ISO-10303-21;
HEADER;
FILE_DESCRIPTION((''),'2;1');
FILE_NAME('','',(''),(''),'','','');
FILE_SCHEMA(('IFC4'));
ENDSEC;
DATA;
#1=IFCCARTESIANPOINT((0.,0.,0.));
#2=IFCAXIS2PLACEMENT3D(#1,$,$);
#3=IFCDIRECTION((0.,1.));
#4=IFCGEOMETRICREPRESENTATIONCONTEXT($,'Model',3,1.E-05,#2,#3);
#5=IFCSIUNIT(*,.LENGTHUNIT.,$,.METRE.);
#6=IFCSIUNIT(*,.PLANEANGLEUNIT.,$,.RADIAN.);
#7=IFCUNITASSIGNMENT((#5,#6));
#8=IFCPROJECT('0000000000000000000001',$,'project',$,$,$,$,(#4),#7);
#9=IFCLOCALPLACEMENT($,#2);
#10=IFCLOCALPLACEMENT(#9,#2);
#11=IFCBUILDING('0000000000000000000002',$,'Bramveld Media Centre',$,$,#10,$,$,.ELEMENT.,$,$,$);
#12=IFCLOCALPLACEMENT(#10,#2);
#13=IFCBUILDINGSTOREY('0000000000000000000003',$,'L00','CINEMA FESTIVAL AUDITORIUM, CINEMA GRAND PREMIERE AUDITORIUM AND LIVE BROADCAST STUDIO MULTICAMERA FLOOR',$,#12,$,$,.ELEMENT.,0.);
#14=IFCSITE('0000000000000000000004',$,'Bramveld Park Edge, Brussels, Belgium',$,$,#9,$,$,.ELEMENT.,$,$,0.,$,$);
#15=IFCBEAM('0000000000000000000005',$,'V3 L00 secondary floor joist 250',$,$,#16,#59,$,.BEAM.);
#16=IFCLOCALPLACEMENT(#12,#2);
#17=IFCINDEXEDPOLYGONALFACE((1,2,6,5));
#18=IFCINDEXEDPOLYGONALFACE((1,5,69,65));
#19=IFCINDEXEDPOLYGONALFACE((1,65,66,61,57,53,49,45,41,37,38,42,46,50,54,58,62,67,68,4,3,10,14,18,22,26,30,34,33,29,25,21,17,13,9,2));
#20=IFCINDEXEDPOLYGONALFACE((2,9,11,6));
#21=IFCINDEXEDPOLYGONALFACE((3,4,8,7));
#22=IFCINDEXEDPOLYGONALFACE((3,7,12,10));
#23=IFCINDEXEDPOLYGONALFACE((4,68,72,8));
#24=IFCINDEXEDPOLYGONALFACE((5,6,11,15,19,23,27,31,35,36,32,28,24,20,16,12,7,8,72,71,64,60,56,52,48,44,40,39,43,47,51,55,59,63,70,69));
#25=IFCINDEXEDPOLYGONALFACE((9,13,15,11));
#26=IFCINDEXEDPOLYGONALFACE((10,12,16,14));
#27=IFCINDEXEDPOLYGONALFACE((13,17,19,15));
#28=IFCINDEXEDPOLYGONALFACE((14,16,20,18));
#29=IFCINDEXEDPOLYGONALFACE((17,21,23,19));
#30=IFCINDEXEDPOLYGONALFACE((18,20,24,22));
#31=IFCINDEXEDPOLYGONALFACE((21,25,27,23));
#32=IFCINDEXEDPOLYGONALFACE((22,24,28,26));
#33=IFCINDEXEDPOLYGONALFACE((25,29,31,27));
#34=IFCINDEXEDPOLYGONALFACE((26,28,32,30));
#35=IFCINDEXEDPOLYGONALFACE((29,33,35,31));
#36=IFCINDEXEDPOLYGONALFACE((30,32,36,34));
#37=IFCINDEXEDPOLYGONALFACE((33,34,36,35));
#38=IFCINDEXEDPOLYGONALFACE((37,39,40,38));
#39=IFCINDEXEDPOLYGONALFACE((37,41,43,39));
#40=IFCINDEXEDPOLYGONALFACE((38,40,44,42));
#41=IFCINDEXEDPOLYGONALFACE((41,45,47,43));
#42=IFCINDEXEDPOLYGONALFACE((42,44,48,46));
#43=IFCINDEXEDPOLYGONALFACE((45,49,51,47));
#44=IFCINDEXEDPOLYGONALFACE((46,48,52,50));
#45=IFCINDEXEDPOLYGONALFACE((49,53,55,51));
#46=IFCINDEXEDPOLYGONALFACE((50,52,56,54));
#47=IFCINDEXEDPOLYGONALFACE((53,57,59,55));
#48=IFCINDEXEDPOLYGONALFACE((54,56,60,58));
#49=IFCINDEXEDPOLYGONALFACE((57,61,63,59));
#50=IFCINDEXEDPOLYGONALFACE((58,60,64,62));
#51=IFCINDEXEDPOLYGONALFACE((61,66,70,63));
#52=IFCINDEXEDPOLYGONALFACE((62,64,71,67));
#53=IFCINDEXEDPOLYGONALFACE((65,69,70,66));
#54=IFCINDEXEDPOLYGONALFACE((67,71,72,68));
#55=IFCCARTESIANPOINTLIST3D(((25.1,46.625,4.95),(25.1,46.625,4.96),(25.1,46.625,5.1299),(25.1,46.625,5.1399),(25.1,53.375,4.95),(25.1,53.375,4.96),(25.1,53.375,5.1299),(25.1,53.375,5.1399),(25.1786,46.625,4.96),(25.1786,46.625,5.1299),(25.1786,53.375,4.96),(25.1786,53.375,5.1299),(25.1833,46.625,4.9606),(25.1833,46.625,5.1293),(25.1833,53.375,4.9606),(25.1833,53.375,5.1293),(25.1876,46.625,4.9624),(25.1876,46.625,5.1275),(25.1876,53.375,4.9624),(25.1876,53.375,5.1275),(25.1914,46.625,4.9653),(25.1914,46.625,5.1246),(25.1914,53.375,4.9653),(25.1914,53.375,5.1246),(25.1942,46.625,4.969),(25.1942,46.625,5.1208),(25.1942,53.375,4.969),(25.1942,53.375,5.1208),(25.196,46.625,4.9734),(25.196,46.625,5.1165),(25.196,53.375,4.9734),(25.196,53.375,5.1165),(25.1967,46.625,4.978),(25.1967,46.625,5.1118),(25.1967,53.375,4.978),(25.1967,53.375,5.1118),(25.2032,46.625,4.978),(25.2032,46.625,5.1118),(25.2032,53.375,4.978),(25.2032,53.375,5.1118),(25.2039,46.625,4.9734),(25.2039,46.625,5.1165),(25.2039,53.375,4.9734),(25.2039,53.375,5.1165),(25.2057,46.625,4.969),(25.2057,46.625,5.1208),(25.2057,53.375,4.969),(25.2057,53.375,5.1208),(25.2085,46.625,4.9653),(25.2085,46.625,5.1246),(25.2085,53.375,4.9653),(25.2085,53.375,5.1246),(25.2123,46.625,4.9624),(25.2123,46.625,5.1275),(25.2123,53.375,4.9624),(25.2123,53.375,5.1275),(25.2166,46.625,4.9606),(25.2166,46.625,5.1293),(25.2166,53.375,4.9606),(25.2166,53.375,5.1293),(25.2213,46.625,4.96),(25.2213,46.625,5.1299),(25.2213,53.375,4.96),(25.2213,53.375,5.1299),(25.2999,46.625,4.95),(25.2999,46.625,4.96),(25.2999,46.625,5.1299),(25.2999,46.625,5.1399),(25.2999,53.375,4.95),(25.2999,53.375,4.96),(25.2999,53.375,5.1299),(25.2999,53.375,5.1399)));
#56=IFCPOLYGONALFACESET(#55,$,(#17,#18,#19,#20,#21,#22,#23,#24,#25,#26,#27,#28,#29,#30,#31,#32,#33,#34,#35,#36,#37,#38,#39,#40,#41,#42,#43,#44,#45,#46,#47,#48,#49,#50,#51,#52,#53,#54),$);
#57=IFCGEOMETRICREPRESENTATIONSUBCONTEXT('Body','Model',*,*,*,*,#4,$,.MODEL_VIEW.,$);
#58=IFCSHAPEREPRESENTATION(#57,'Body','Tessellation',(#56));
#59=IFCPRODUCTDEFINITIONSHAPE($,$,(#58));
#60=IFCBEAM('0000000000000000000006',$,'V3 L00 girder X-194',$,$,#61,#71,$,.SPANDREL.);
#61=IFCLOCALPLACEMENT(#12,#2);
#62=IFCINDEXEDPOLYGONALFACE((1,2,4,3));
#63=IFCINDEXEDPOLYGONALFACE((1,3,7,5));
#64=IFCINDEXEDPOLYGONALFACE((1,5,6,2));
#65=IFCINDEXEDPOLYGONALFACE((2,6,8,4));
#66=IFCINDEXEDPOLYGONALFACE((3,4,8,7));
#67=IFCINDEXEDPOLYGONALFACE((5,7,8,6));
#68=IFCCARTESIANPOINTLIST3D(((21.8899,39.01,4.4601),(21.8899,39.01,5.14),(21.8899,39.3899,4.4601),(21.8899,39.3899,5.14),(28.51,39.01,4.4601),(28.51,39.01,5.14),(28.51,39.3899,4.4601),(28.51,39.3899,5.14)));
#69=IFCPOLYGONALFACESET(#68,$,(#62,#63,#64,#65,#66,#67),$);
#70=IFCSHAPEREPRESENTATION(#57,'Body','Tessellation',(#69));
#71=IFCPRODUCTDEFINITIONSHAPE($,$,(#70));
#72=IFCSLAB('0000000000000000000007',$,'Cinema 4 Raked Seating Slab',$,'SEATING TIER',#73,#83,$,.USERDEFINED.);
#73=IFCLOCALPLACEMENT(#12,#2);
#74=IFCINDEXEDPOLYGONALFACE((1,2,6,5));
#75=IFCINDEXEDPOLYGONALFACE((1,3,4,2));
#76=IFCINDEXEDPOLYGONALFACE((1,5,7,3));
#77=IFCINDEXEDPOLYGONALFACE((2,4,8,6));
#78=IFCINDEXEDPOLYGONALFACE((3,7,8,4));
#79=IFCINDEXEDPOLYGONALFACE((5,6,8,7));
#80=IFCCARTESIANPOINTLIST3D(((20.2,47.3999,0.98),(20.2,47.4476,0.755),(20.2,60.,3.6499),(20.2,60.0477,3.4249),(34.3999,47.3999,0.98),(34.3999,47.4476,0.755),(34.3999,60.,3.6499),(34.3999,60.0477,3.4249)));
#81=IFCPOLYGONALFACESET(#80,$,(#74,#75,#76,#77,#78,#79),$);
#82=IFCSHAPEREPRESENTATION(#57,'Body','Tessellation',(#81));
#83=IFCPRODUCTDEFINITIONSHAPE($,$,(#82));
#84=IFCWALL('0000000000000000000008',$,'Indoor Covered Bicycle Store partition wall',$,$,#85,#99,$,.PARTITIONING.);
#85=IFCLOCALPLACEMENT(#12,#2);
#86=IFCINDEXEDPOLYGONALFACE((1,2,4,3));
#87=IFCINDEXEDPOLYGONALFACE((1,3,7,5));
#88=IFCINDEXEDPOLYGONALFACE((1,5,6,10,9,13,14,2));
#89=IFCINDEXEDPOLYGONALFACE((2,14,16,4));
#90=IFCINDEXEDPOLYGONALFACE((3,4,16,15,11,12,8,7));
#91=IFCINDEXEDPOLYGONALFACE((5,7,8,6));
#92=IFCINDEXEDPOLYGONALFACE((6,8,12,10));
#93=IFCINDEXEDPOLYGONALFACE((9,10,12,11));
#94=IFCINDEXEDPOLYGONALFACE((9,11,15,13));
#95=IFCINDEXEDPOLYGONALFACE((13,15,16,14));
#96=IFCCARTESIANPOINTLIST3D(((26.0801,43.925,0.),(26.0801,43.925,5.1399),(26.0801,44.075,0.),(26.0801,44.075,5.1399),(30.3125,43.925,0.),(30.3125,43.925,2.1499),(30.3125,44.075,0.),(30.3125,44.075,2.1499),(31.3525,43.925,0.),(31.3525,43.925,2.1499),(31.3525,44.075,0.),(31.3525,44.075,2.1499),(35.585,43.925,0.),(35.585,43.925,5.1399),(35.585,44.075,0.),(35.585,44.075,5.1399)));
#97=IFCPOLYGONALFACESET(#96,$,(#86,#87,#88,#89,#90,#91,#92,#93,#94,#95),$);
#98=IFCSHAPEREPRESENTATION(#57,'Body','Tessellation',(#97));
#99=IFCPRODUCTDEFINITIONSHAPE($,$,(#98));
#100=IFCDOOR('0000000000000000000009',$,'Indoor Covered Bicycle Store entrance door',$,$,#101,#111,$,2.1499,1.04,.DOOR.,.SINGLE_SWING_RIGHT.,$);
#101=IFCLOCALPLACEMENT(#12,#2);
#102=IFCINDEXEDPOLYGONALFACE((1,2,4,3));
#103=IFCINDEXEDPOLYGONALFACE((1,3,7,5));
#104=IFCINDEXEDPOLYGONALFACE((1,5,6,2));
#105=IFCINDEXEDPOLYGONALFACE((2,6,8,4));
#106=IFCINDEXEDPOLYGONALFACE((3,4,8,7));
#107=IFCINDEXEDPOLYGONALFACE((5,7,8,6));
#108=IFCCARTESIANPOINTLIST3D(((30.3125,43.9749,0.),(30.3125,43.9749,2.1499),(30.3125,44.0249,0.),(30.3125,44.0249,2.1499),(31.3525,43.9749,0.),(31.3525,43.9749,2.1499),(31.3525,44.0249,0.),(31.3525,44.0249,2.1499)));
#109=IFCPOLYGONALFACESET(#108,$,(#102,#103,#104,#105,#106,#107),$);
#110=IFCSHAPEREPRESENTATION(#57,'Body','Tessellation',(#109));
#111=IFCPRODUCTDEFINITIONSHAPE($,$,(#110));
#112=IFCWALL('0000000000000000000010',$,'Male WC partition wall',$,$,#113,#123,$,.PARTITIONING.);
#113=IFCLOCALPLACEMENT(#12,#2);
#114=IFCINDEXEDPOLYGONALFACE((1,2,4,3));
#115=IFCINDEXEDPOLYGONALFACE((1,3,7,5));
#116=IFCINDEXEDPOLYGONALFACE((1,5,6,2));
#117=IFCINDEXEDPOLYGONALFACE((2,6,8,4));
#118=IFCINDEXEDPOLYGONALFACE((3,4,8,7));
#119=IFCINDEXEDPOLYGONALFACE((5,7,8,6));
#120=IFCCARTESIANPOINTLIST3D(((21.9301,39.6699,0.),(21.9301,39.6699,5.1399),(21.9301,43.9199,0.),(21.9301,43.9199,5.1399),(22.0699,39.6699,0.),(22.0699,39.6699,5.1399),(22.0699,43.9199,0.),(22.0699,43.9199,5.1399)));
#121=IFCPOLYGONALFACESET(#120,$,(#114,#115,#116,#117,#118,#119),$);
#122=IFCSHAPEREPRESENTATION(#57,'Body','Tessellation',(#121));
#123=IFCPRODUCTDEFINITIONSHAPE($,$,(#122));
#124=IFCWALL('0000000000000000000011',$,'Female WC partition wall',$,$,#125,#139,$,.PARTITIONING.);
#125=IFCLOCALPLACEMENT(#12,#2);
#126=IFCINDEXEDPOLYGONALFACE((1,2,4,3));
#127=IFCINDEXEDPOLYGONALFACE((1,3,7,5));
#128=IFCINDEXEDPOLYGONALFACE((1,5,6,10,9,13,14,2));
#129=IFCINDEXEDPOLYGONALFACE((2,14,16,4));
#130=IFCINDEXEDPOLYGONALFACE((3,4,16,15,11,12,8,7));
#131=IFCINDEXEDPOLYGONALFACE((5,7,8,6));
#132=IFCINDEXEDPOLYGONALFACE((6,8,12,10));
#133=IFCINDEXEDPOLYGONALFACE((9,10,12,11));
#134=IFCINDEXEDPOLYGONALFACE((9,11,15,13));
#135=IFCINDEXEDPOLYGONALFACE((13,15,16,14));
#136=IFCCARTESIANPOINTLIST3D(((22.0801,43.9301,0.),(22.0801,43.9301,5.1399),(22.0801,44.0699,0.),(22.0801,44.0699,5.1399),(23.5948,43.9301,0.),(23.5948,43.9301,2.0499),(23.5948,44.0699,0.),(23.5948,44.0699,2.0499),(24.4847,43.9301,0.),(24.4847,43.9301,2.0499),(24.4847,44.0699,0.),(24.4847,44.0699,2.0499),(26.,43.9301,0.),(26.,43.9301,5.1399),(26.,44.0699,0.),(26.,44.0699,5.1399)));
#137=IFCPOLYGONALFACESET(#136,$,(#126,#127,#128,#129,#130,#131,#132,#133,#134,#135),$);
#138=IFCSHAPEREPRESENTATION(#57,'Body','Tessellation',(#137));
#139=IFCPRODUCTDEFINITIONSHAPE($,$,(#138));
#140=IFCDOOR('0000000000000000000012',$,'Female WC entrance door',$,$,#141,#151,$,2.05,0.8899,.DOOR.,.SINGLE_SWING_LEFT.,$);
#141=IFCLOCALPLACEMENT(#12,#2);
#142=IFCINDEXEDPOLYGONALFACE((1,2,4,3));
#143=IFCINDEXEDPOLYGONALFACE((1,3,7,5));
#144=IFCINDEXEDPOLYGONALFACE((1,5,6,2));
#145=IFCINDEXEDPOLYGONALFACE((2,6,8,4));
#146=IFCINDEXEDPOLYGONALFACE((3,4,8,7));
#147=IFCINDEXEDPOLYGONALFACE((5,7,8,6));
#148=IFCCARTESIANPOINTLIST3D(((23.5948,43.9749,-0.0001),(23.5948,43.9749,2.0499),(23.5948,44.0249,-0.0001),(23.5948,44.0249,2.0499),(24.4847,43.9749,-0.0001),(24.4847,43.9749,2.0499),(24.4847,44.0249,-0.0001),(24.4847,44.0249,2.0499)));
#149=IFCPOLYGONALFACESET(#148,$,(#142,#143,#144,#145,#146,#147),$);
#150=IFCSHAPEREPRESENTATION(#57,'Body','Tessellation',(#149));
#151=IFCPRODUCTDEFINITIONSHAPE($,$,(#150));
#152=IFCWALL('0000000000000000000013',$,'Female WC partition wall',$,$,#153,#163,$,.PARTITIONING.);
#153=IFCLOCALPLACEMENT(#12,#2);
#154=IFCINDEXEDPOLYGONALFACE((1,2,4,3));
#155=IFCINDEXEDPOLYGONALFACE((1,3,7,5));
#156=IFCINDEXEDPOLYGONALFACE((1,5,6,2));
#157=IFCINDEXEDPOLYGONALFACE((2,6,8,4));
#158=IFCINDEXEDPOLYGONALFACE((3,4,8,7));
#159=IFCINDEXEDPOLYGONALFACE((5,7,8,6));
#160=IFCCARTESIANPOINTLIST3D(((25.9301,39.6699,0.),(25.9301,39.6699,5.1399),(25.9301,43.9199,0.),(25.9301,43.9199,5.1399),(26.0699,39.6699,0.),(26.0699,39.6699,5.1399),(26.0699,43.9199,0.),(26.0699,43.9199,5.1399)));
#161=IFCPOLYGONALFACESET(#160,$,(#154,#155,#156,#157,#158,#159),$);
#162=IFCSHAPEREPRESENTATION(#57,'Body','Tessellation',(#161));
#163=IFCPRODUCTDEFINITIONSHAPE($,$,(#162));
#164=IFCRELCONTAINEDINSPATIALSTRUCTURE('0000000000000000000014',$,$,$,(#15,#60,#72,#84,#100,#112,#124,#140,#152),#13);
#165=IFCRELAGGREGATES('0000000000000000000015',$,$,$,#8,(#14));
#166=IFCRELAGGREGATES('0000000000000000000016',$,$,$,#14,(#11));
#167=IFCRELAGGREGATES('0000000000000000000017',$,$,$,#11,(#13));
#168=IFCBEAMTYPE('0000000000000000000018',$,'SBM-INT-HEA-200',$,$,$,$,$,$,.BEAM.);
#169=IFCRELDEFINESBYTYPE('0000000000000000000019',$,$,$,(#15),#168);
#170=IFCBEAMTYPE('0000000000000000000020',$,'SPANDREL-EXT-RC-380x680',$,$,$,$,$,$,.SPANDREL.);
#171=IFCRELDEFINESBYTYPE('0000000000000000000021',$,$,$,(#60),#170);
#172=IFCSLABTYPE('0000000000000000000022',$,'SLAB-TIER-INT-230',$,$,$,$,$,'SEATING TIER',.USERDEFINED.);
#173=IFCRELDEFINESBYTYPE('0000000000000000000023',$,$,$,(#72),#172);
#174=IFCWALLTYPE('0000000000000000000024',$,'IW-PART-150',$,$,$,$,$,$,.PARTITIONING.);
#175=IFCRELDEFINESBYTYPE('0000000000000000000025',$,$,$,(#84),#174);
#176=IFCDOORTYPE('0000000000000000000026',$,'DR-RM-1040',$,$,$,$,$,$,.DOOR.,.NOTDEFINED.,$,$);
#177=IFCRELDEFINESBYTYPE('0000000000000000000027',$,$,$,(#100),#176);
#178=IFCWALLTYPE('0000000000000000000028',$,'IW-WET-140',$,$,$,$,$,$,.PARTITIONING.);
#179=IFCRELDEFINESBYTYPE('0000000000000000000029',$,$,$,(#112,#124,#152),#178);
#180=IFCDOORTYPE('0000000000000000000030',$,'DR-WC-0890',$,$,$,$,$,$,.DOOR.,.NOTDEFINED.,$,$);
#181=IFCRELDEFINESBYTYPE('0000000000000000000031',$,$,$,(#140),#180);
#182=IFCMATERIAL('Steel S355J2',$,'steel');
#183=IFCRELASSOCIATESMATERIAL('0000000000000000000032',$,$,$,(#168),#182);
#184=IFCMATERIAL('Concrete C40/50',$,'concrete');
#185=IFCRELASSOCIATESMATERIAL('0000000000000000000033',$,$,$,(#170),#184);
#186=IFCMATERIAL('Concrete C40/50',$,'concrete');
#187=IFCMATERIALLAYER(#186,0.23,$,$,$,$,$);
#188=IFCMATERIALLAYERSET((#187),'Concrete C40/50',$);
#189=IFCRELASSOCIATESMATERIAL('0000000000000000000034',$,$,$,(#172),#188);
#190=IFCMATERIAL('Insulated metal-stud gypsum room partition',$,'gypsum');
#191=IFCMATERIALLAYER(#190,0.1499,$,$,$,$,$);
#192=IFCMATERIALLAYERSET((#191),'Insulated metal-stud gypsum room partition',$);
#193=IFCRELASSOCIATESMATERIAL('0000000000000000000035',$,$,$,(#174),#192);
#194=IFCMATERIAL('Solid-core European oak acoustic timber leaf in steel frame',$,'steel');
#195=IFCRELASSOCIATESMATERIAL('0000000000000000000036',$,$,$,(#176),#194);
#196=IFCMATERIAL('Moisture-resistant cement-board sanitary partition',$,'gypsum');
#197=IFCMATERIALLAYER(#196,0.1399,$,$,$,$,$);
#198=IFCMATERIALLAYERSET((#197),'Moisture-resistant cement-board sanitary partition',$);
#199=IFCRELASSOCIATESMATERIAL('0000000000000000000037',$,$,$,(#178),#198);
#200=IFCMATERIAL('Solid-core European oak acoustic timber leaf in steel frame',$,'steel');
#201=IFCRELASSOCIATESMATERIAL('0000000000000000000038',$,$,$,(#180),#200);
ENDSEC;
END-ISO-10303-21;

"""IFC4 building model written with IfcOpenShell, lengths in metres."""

from ifc_helpers import new_model, si_unit, direction, frame, frame_2d, origin, origin_2d, place, context, subcontext, project, spatial, polyline, rectangle, i_section, outline, extrude, material, layer, layer_set, material_profile, profile_set, type_object, element, fill, save


model = new_model("IFC4")

# Units and contexts
model_context = context("Model", 3, precision=1e-05, world=origin(), true_north=direction((0.0, 1.0)))
body_context = subcontext(model_context, "Body", "Model", "MODEL_VIEW")
ifc_project = project(units=[si_unit("LENGTHUNIT", "METRE"), si_unit("PLANEANGLEUNIT", "RADIAN")], contexts=[model_context])

# Site, building, storey
site_placement = place(None, origin())
site = spatial("IfcSite", under=ifc_project, at=site_placement, Name="Bramveld Park Edge, Brussels, Belgium", CompositionType="ELEMENT", RefElevation=0.0)
building_placement = place(site_placement, origin())
building = spatial("IfcBuilding", under=site, at=building_placement, Name="Bramveld Media Centre", CompositionType="ELEMENT")
storey_placement = place(building_placement, origin())
storey = spatial("IfcBuildingStorey", under=building, at=storey_placement, Name="L00", Description="CINEMA FESTIVAL AUDITORIUM, CINEMA GRAND PREMIERE AUDITORIUM AND LIVE BROADCAST STUDIO MULTICAMERA FLOOR", CompositionType="ELEMENT", Elevation=0.0)

# Beams
ifc_material_1 = material(Name="Steel S355J2", Category="steel")
ifc_material_profile_1 = material_profile(ifc_material_1, i_section(OverallWidth=0.2, OverallDepth=0.1899, WebThickness=0.0066, FlangeThickness=0.01, FilletRadius=0.0181, at=origin_2d()), Name="HEA 200")
ifc_profile_set_1 = profile_set([ifc_material_profile_1], Name="Steel S355J2")
beam_type_1 = type_object("IfcBeamType", Name="SBM-INT-HEA-200", PredefinedType="BEAM", material=ifc_profile_set_1)
beam_1_placement = place(storey_placement, frame((25.2, 46.625, 5.0449), z_axis=(0.0, 1.0, 0.0), x_axis=(-1.0, 0.0, 0.0)))
element("IfcBeam", 1, at=beam_1_placement, inside=storey, type_object=beam_type_1, Name="V3 L00 secondary floor joist 250", PredefinedType="BEAM", context=body_context, shape_type="SweptSolid", body=[
    extrude(i_section(OverallWidth=0.2, OverallDepth=0.1899, WebThickness=0.0066, FlangeThickness=0.01, FilletRadius=0.0181, at=origin_2d()), origin(), (0.0, 0.0, 1.0), 6.75),
])
ifc_material_2 = material(Name="Concrete C40/50", Category="concrete")
ifc_material_profile_2 = material_profile(ifc_material_2, rectangle(XDim=0.3799, YDim=0.6799, at=origin_2d()), Name="RC 380x680")
ifc_profile_set_2 = profile_set([ifc_material_profile_2], Name="Concrete C40/50")
beam_type_2 = type_object("IfcBeamType", Name="SPANDREL-EXT-RC-380x680", PredefinedType="SPANDREL", material=ifc_profile_set_2)
beam_2_placement = place(storey_placement, frame((21.8899, 39.2, 4.8), z_axis=(1.0, 0.0, 0.0), x_axis=(0.0, 1.0, 0.0)))
element("IfcBeam", 2, at=beam_2_placement, inside=storey, type_object=beam_type_2, Name="V3 L00 girder X-194", PredefinedType="SPANDREL", context=body_context, shape_type="SweptSolid", body=[
    extrude(rectangle(XDim=0.3799, YDim=0.6799, at=origin_2d()), origin(), (0.0, 0.0, 1.0), 6.6201),
])

# Slab
ifc_material_3 = material(Name="Concrete C40/50", Category="concrete")
ifc_layer_1 = layer(ifc_material_3, 0.23)
ifc_layer_set_1 = layer_set([ifc_layer_1], Name="Concrete C40/50")
slab_type = type_object("IfcSlabType", Name="SLAB-TIER-INT-230", ElementType="SEATING TIER", PredefinedType="USERDEFINED", material=ifc_layer_set_1)
slab_placement = place(storey_placement, frame((20.2, 47.3999, 0.98), z_axis=(0.0, -0.207294, 0.978279), x_axis=(1.0, 0.0, 0.0)))
element("IfcSlab", 3, at=slab_placement, inside=storey, type_object=slab_type, Name="Cinema 4 Raked Seating Slab", ObjectType="SEATING TIER", PredefinedType="USERDEFINED", context=body_context, shape_type="SweptSolid", body=[
    extrude(outline(polyline([(0.0, 0.0), (14.2, 0.0), (14.2, 12.8799), (0.0, 12.8799), (0.0, 0.0)])), origin(), (0.0, 0.0, -1.0), 0.23),
])

# Wall, opening, door
ifc_material_4 = material(Name="Insulated metal-stud gypsum room partition", Category="gypsum")
ifc_layer_2 = layer(ifc_material_4, 0.1499)
ifc_layer_set_2 = layer_set([ifc_layer_2], Name="Insulated metal-stud gypsum room partition")
wall_type_1 = type_object("IfcWallType", Name="IW-PART-150", PredefinedType="PARTITIONING", material=ifc_layer_set_2)
wall_1_placement = place(storey_placement, frame((26.0801, 44.0, 0.0), z_axis=(0.0, 0.0, 1.0), x_axis=(1.0, 0.0, 0.0)))
wall_1 = element("IfcWall", 4, at=wall_1_placement, inside=storey, type_object=wall_type_1, Name="Indoor Covered Bicycle Store partition wall", PredefinedType="PARTITIONING", context=body_context, shape_type="SweptSolid", body=[
    extrude(rectangle(XDim=9.5049, YDim=0.1499, at=frame_2d((4.7524, 0.0))), origin(), (0.0, 0.0, 1.0), 5.1399),
])
opening_1_placement = place(wall_1_placement, frame((4.2324, 0.0, 0.0)))
opening_1 = element("IfcOpeningElement", 5, at=opening_1_placement, cuts=wall_1, PredefinedType="OPENING", context=body_context, shape_type="SweptSolid", body=[
    extrude(rectangle(XDim=1.04, YDim=2.1499, at=frame_2d((0.52, 1.075))), frame((0.0, 0.0869, 0.0), z_axis=(0.0, -1.0, 0.0), x_axis=(1.0, 0.0, 0.0)), (0.0, 0.0, 1.0), 0.1738),
])
ifc_material_5 = material(Name="Solid-core European oak acoustic timber leaf in steel frame", Category="steel")
door_type_1 = type_object("IfcDoorType", Name="DR-RM-1040", OperationType="NOTDEFINED", PredefinedType="DOOR", material=ifc_material_5)
door_1_placement = place(opening_1_placement, origin())
door_1 = element("IfcDoor", 6, at=door_1_placement, inside=storey, type_object=door_type_1, Name="Indoor Covered Bicycle Store entrance door", OperationType="SINGLE_SWING_RIGHT", OverallHeight=2.1499, OverallWidth=1.04, PredefinedType="DOOR", context=body_context, shape_type="SweptSolid", body=[
    extrude(rectangle(XDim=1.04, YDim=2.1499, at=frame_2d((0.52, 1.075))), frame((0.0, 0.0249, 0.0), z_axis=(0.0, -1.0, 0.0), x_axis=(1.0, 0.0, 0.0)), (0.0, 0.0, 1.0), 0.05),
])
fill(opening_1, door_1)

# Wall
ifc_material_6 = material(Name="Moisture-resistant cement-board sanitary partition", Category="gypsum")
ifc_layer_3 = layer(ifc_material_6, 0.1399)
ifc_layer_set_3 = layer_set([ifc_layer_3], Name="Moisture-resistant cement-board sanitary partition")
wall_type_2 = type_object("IfcWallType", Name="IW-WET-140", PredefinedType="PARTITIONING", material=ifc_layer_set_3)
wall_2_placement = place(storey_placement, frame((22.0, 39.6699, 0.0), z_axis=(0.0, 0.0, 1.0), x_axis=(0.0, 1.0, 0.0)))
element("IfcWall", 7, at=wall_2_placement, inside=storey, type_object=wall_type_2, Name="Male WC partition wall", PredefinedType="PARTITIONING", context=body_context, shape_type="SweptSolid", body=[
    extrude(rectangle(XDim=4.25, YDim=0.1399, at=frame_2d((2.125, 0.0))), origin(), (0.0, 0.0, 1.0), 5.1399),
])

# Wall, opening, door
wall_3_placement = place(storey_placement, frame((22.0801, 44.0, 0.0), z_axis=(0.0, 0.0, 1.0), x_axis=(1.0, 0.0, 0.0)))
wall_3 = element("IfcWall", 8, at=wall_3_placement, inside=storey, type_object=wall_type_2, Name="Female WC partition wall", PredefinedType="PARTITIONING", context=body_context, shape_type="SweptSolid", body=[
    extrude(rectangle(XDim=3.9199, YDim=0.1399, at=frame_2d((1.96, 0.0))), origin(), (0.0, 0.0, 1.0), 5.1399),
])
opening_2_placement = place(wall_3_placement, frame((1.5149, 0.0, 0.0)))
opening_2 = element("IfcOpeningElement", 9, at=opening_2_placement, cuts=wall_3, PredefinedType="OPENING", context=body_context, shape_type="SweptSolid", body=[
    extrude(rectangle(XDim=0.8899, YDim=2.05, at=frame_2d((0.4448, 1.0249))), frame((0.0, 0.082, 0.0), z_axis=(0.0, -1.0, 0.0), x_axis=(1.0, 0.0, 0.0)), (0.0, 0.0, 1.0), 0.1638),
])
ifc_material_7 = material(Name="Solid-core European oak acoustic timber leaf in steel frame", Category="steel")
door_type_2 = type_object("IfcDoorType", Name="DR-WC-0890", OperationType="NOTDEFINED", PredefinedType="DOOR", material=ifc_material_7)
door_2_placement = place(opening_2_placement, origin())
door_2 = element("IfcDoor", 10, at=door_2_placement, inside=storey, type_object=door_type_2, Name="Female WC entrance door", OperationType="SINGLE_SWING_LEFT", OverallHeight=2.05, OverallWidth=0.8899, PredefinedType="DOOR", context=body_context, shape_type="SweptSolid", body=[
    extrude(rectangle(XDim=0.8899, YDim=2.05, at=frame_2d((0.4448, 1.0249))), frame((0.0, 0.0249, 0.0), z_axis=(0.0, -1.0, 0.0), x_axis=(1.0, 0.0, 0.0)), (0.0, 0.0, 1.0), 0.05),
])
fill(opening_2, door_2)

# Wall
wall_4_placement = place(storey_placement, frame((26.0, 39.6699, 0.0), z_axis=(0.0, 0.0, 1.0), x_axis=(0.0, 1.0, 0.0)))
element("IfcWall", 11, at=wall_4_placement, inside=storey, type_object=wall_type_2, Name="Female WC partition wall", PredefinedType="PARTITIONING", context=body_context, shape_type="SweptSolid", body=[
    extrude(rectangle(XDim=4.25, YDim=0.1399, at=frame_2d((2.125, 0.0))), origin(), (0.0, 0.0, 1.0), 5.1399),
])

save(model, "model.ifc")
